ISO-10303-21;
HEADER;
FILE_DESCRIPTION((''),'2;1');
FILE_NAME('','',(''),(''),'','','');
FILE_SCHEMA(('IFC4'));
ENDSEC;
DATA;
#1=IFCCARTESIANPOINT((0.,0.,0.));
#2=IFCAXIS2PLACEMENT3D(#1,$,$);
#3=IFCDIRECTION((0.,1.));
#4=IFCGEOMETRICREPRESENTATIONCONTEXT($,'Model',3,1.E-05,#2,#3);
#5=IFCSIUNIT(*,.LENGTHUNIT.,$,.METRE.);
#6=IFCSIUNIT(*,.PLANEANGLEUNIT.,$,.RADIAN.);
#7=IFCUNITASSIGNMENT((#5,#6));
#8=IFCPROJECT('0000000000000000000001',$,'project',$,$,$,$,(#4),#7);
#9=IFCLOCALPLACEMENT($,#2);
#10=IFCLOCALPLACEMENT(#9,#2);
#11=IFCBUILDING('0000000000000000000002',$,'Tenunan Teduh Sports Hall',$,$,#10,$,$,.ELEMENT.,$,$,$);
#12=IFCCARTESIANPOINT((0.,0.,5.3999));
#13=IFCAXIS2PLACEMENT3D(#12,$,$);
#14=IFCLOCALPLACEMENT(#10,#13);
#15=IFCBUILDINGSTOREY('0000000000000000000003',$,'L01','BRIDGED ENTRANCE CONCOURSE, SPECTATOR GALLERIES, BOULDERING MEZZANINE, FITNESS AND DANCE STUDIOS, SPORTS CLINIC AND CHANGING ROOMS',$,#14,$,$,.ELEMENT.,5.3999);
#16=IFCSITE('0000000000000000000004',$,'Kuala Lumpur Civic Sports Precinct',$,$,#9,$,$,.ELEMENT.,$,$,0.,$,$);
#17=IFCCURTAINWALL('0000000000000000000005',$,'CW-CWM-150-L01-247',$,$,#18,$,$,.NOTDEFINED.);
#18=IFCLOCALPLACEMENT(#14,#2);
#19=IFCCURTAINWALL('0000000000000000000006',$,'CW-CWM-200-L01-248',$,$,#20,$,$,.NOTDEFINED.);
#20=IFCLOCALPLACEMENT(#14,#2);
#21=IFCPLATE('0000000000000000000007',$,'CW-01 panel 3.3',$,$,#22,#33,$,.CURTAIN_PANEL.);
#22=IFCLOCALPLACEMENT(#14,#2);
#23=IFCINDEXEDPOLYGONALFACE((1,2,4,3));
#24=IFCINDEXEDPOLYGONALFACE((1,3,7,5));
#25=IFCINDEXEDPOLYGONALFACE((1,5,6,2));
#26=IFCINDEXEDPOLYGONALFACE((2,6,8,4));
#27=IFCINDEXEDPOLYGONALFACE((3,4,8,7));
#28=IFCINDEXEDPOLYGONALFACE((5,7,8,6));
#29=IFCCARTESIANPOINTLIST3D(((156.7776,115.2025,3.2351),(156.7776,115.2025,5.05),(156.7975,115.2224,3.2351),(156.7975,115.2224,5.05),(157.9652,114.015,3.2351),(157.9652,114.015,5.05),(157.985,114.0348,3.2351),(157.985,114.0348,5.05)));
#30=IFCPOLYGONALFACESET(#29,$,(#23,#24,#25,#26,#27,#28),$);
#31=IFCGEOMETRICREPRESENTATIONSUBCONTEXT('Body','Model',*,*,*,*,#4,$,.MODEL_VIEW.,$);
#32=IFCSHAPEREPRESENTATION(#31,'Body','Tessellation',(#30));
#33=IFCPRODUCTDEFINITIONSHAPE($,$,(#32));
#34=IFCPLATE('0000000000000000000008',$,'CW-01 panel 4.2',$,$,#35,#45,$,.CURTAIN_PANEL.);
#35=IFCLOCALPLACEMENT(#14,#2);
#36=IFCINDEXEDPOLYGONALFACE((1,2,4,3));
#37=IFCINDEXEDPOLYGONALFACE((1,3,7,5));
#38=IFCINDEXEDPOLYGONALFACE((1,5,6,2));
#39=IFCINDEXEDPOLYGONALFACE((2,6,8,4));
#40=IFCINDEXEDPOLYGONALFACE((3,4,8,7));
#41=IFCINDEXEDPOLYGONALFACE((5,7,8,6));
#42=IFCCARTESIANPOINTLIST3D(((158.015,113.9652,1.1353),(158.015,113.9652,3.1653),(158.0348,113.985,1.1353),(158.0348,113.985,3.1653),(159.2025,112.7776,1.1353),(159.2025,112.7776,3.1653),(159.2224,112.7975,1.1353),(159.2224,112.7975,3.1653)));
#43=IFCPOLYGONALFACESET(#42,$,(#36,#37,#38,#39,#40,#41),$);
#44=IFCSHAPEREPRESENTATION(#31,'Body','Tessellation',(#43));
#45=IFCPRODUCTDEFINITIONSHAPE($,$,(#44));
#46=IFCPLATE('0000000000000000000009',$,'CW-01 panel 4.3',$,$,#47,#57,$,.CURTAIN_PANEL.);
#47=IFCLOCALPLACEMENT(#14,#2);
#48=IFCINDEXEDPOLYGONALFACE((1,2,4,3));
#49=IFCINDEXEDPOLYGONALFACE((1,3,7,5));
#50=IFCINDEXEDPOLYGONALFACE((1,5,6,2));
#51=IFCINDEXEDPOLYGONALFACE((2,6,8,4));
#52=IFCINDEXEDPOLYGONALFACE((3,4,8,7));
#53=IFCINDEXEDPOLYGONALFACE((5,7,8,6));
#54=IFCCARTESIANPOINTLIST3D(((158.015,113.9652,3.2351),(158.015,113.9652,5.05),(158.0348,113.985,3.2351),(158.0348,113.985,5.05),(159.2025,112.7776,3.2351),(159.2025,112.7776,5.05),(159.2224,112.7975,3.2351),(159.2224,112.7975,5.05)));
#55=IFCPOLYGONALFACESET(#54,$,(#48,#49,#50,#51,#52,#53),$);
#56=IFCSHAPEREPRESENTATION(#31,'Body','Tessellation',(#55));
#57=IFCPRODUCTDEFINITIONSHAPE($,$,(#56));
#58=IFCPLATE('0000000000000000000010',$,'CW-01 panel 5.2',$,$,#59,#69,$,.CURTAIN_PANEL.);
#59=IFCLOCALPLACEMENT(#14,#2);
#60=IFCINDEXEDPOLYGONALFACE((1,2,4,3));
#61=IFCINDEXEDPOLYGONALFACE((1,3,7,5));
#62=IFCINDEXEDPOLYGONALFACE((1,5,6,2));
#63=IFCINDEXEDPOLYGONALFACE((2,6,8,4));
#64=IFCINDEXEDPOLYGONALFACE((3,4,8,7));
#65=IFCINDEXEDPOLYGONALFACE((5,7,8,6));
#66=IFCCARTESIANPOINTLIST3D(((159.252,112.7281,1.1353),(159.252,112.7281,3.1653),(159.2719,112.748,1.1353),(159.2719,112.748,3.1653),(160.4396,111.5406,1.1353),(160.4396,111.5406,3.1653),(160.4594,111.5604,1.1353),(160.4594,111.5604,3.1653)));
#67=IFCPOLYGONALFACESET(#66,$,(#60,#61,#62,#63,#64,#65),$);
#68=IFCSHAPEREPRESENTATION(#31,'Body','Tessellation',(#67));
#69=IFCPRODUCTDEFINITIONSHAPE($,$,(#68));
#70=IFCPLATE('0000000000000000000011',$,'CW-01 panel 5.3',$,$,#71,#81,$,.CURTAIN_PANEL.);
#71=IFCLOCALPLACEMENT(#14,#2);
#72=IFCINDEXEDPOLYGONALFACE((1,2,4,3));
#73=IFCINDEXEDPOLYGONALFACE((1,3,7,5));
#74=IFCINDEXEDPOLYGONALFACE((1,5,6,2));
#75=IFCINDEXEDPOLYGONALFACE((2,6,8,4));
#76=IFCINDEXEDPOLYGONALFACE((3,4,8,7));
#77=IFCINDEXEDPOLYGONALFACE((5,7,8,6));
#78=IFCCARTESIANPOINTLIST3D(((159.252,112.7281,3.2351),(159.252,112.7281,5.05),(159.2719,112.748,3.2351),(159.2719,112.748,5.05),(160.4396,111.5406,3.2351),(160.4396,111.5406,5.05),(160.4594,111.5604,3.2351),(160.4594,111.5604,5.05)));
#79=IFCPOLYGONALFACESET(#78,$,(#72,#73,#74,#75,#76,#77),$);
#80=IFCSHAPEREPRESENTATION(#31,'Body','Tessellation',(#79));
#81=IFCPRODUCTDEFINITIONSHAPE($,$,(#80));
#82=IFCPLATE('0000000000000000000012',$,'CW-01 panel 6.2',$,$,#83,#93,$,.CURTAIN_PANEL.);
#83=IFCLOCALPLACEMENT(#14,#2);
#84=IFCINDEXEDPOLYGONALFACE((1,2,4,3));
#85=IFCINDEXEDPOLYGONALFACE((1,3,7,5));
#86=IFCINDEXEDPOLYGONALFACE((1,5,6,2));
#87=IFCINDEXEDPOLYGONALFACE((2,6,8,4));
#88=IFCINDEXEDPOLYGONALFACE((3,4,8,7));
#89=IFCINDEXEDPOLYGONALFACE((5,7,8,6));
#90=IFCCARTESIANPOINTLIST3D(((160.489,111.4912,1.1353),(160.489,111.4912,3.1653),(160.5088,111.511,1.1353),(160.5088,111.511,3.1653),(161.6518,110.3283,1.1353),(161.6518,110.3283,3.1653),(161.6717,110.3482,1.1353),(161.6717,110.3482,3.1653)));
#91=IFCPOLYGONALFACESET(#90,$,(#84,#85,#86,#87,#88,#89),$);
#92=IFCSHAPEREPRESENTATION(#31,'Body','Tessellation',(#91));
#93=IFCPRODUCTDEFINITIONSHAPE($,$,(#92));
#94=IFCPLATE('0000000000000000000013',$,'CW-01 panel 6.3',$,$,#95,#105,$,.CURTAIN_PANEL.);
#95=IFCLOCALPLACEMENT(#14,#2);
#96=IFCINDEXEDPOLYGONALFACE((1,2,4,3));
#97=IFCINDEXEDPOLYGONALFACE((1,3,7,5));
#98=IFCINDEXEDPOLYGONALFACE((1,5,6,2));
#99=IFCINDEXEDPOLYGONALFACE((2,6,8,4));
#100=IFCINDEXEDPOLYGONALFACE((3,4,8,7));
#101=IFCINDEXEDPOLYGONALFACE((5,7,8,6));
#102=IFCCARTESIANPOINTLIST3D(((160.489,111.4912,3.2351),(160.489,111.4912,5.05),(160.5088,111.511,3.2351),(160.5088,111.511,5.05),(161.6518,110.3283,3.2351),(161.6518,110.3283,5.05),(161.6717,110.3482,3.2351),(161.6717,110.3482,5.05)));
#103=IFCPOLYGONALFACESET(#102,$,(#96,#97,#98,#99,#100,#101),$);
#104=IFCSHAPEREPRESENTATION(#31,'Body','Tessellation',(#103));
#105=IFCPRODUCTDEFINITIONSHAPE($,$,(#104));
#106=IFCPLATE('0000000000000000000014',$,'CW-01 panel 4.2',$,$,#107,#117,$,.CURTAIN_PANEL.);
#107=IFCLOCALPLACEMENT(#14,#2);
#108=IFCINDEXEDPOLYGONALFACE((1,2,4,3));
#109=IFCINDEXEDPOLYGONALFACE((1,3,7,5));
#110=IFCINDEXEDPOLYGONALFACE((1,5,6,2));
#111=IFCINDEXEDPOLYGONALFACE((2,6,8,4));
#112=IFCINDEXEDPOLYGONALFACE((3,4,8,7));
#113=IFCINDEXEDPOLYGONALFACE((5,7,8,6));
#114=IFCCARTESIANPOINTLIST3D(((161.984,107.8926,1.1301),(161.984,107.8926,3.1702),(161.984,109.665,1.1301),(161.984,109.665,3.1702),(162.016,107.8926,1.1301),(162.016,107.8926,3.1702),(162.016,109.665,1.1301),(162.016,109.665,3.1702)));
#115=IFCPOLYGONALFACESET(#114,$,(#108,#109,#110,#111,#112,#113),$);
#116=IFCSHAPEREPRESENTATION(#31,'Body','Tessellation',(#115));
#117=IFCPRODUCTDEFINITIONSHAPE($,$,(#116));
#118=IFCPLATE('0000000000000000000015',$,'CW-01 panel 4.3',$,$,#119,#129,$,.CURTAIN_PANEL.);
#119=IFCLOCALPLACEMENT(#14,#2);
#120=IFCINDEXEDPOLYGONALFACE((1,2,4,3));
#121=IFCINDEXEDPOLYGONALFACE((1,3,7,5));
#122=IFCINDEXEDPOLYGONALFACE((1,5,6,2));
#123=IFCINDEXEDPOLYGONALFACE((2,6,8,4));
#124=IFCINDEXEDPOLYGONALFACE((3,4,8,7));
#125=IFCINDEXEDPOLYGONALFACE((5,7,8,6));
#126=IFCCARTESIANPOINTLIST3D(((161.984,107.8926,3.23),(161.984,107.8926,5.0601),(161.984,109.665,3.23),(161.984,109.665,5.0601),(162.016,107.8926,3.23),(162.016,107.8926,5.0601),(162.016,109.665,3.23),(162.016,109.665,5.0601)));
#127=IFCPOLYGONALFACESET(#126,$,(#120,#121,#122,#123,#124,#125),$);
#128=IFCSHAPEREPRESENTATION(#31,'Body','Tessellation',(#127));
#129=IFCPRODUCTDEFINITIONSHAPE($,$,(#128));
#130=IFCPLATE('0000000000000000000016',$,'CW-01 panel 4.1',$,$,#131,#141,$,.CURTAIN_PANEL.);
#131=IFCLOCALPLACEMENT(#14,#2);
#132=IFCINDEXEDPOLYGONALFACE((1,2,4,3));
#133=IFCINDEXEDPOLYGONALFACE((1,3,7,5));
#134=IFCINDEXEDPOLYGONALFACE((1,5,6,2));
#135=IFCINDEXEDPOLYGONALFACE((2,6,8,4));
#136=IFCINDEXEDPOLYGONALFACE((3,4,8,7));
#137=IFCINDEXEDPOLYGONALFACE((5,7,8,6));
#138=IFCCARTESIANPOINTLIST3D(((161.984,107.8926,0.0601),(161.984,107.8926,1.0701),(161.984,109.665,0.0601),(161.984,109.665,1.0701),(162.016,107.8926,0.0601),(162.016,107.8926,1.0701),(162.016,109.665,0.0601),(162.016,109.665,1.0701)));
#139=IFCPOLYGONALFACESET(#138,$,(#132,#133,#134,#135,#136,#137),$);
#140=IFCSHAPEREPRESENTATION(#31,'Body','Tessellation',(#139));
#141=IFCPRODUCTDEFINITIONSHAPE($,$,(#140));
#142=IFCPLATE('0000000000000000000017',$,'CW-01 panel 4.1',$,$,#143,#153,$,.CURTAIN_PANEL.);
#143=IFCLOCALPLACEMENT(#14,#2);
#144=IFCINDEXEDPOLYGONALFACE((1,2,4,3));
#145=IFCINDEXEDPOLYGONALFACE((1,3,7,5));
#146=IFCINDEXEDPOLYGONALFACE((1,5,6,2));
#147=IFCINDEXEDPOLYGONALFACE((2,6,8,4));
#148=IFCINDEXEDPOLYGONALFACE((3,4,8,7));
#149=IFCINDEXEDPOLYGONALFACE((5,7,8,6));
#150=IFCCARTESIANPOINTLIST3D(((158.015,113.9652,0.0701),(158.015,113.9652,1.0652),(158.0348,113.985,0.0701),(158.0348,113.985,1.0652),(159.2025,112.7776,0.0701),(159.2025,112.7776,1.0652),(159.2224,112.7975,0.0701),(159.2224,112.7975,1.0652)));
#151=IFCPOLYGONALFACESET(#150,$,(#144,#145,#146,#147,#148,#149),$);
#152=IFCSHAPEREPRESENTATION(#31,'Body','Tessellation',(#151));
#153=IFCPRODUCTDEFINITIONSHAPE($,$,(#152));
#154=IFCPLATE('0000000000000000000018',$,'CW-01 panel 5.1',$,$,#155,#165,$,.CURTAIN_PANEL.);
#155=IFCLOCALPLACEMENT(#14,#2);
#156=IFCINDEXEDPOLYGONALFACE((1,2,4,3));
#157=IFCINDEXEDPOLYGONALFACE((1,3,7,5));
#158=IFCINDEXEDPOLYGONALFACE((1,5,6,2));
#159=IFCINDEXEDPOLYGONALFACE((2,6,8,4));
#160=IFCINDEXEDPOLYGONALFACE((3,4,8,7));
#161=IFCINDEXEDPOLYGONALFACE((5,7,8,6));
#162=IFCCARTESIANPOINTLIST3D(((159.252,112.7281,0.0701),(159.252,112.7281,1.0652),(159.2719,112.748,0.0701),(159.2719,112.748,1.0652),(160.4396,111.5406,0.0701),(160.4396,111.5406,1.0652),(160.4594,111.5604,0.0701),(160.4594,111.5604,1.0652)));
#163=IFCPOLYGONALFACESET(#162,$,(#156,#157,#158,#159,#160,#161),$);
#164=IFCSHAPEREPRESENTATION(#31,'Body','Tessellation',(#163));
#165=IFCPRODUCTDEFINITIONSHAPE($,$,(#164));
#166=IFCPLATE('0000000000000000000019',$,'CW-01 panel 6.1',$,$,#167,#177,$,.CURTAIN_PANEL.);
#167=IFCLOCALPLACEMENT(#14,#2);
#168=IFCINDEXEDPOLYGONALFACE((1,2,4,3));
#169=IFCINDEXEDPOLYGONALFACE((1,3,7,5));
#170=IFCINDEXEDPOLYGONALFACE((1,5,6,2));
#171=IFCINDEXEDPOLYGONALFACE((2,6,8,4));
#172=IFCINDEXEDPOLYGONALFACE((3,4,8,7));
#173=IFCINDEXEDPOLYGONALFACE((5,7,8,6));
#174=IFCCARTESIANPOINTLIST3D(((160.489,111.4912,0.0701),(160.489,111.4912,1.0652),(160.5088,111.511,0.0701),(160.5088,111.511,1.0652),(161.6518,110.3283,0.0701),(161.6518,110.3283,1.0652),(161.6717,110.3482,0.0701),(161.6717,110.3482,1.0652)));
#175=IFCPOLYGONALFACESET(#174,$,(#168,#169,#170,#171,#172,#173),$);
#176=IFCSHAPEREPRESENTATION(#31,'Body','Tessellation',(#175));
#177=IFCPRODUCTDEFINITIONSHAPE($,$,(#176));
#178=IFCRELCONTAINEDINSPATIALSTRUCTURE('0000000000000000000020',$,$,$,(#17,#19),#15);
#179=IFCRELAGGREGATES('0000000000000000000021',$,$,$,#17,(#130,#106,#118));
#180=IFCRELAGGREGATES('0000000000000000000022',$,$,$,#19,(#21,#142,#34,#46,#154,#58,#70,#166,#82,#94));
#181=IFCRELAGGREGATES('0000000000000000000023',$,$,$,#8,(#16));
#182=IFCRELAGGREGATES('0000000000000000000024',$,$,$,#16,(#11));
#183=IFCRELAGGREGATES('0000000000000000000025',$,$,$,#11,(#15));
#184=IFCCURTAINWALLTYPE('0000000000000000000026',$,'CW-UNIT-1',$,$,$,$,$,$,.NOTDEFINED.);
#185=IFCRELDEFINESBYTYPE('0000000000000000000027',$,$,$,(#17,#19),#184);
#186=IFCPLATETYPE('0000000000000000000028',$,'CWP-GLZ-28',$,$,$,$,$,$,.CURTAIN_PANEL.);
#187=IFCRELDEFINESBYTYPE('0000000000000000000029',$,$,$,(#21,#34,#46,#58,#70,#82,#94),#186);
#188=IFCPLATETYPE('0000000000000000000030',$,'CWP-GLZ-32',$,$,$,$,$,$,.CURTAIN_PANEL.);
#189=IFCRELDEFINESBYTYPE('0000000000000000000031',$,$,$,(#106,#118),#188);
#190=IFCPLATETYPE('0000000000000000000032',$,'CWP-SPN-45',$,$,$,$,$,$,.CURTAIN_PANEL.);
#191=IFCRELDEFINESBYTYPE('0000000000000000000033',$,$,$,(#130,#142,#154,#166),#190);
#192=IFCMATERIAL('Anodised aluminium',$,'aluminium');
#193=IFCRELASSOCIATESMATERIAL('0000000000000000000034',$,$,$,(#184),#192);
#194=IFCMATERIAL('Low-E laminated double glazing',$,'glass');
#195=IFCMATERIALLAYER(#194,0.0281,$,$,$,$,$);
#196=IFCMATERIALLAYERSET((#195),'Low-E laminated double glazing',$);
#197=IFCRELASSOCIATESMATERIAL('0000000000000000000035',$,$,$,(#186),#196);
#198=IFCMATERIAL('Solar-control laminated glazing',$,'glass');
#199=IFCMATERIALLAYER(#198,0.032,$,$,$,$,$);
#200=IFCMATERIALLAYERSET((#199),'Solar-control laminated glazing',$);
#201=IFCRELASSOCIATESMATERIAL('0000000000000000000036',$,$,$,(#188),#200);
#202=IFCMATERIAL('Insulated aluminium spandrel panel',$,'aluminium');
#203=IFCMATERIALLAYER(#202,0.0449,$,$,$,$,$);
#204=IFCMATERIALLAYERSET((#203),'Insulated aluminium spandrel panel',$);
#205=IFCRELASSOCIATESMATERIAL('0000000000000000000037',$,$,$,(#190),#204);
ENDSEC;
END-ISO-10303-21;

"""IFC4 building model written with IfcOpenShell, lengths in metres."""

from ifc_helpers import new_model, si_unit, direction, frame, origin, origin_2d, place, context, subcontext, project, spatial, rectangle, extrude, material, layer, layer_set, type_object, element, aggregate, save


model = new_model("IFC4")

# Units and contexts
model_context = context("Model", 3, precision=1e-05, world=origin(), true_north=direction((0.0, 1.0)))
body_context = subcontext(model_context, "Body", "Model", "MODEL_VIEW")
ifc_project = project(units=[si_unit("LENGTHUNIT", "METRE"), si_unit("PLANEANGLEUNIT", "RADIAN")], contexts=[model_context])

# Site, building, storey
site_placement = place(None, origin())
site = spatial("IfcSite", under=ifc_project, at=site_placement, Name="Kuala Lumpur Civic Sports Precinct", CompositionType="ELEMENT", RefElevation=0.0)
building_placement = place(site_placement, origin())
building = spatial("IfcBuilding", under=site, at=building_placement, Name="Tenunan Teduh Sports Hall", CompositionType="ELEMENT")
storey_placement = place(building_placement, frame((0.0, 0.0, 5.3999)))
storey = spatial("IfcBuildingStorey", under=building, at=storey_placement, Name="L01", Description="BRIDGED ENTRANCE CONCOURSE, SPECTATOR GALLERIES, BOULDERING MEZZANINE, FITNESS AND DANCE STUDIOS, SPORTS CLINIC AND CHANGING ROOMS", CompositionType="ELEMENT", Elevation=5.3999)

# Curtain wall
ifc_material_1 = material(Name="Anodised aluminium", Category="aluminium")
curtain_wall_type = type_object("IfcCurtainWallType", Name="CW-UNIT-1", PredefinedType="NOTDEFINED", material=ifc_material_1)
curtain_wall_1_placement = place(storey_placement, origin())
curtain_wall_1 = element("IfcCurtainWall", 1, at=curtain_wall_1_placement, inside=storey, type_object=curtain_wall_type, Name="CW-CWM-150-L01-247", PredefinedType="NOTDEFINED")

# Curtain wall
curtain_wall_2_placement = place(storey_placement, origin())
curtain_wall_2 = element("IfcCurtainWall", 2, at=curtain_wall_2_placement, inside=storey, type_object=curtain_wall_type, Name="CW-CWM-200-L01-248", PredefinedType="NOTDEFINED")

# Plates
ifc_material_2 = material(Name="Low-E laminated double glazing", Category="glass")
ifc_layer_1 = layer(ifc_material_2, 0.0281)
ifc_layer_set_1 = layer_set([ifc_layer_1], Name="Low-E laminated double glazing")
plate_type_1 = type_object("IfcPlateType", Name="CWP-GLZ-28", PredefinedType="CURTAIN_PANEL", material=ifc_layer_set_1)
plate_1_placement = place(storey_placement, frame((157.3813, 114.6187, 3.2351), z_axis=(0.0, 0.0, 1.0), x_axis=(0.707107, -0.707107, 0.0)))
plate_1 = element("IfcPlate", 3, at=plate_1_placement, type_object=plate_type_1, Name="CW-01 panel 3.3", PredefinedType="CURTAIN_PANEL", context=body_context, shape_type="SweptSolid", body=[
    extrude(rectangle(XDim=1.6794, YDim=0.0281, at=origin_2d()), origin(), (0.0, 0.0, 1.0), 1.8149),
])
plate_2_placement = place(storey_placement, frame((158.6187, 113.3813, 1.1353), z_axis=(0.0, 0.0, 1.0), x_axis=(0.707107, -0.707107, 0.0)))
plate_2 = element("IfcPlate", 4, at=plate_2_placement, type_object=plate_type_1, Name="CW-01 panel 4.2", PredefinedType="CURTAIN_PANEL", context=body_context, shape_type="SweptSolid", body=[
    extrude(rectangle(XDim=1.6794, YDim=0.0281, at=origin_2d()), origin(), (0.0, 0.0, 1.0), 2.03),
])
plate_3_placement = place(storey_placement, frame((158.6187, 113.3813, 3.2351), z_axis=(0.0, 0.0, 1.0), x_axis=(0.707107, -0.707107, 0.0)))
plate_3 = element("IfcPlate", 5, at=plate_3_placement, type_object=plate_type_1, Name="CW-01 panel 4.3", PredefinedType="CURTAIN_PANEL", context=body_context, shape_type="SweptSolid", body=[
    extrude(rectangle(XDim=1.6794, YDim=0.0281, at=origin_2d()), origin(), (0.0, 0.0, 1.0), 1.8149),
])
plate_4_placement = place(storey_placement, frame((159.8557, 112.1443, 1.1353), z_axis=(0.0, 0.0, 1.0), x_axis=(0.707107, -0.707107, 0.0)))
plate_4 = element("IfcPlate", 6, at=plate_4_placement, type_object=plate_type_1, Name="CW-01 panel 5.2", PredefinedType="CURTAIN_PANEL", context=body_context, shape_type="SweptSolid", body=[
    extrude(rectangle(XDim=1.6794, YDim=0.0281, at=origin_2d()), origin(), (0.0, 0.0, 1.0), 2.03),
])
plate_5_placement = place(storey_placement, frame((159.8557, 112.1443, 3.2351), z_axis=(0.0, 0.0, 1.0), x_axis=(0.707107, -0.707107, 0.0)))
plate_5 = element("IfcPlate", 7, at=plate_5_placement, type_object=plate_type_1, Name="CW-01 panel 5.3", PredefinedType="CURTAIN_PANEL", context=body_context, shape_type="SweptSolid", body=[
    extrude(rectangle(XDim=1.6794, YDim=0.0281, at=origin_2d()), origin(), (0.0, 0.0, 1.0), 1.8149),
])
plate_6_placement = place(storey_placement, frame((161.0803, 110.9197, 1.1353), z_axis=(0.0, 0.0, 1.0), x_axis=(0.707107, -0.707107, 0.0)))
plate_6 = element("IfcPlate", 8, at=plate_6_placement, type_object=plate_type_1, Name="CW-01 panel 6.2", PredefinedType="CURTAIN_PANEL", context=body_context, shape_type="SweptSolid", body=[
    extrude(rectangle(XDim=1.6445, YDim=0.0281, at=origin_2d()), origin(), (0.0, 0.0, 1.0), 2.03),
])
plate_7_placement = place(storey_placement, frame((161.0803, 110.9197, 3.2351), z_axis=(0.0, 0.0, 1.0), x_axis=(0.707107, -0.707107, 0.0)))
plate_7 = element("IfcPlate", 9, at=plate_7_placement, type_object=plate_type_1, Name="CW-01 panel 6.3", PredefinedType="CURTAIN_PANEL", context=body_context, shape_type="SweptSolid", body=[
    extrude(rectangle(XDim=1.6445, YDim=0.0281, at=origin_2d()), origin(), (0.0, 0.0, 1.0), 1.8149),
])
ifc_material_3 = material(Name="Solar-control laminated glazing", Category="glass")
ifc_layer_2 = layer(ifc_material_3, 0.032)
ifc_layer_set_2 = layer_set([ifc_layer_2], Name="Solar-control laminated glazing")
plate_type_2 = type_object("IfcPlateType", Name="CWP-GLZ-32", PredefinedType="CURTAIN_PANEL", material=ifc_layer_set_2)
plate_8_placement = place(storey_placement, frame((162.0, 108.7788, 1.1301), z_axis=(0.0, 0.0, 1.0), x_axis=(0.0, 1.0, 0.0)))
plate_8 = element("IfcPlate", 10, at=plate_8_placement, type_object=plate_type_2, Name="CW-01 panel 4.2", PredefinedType="CURTAIN_PANEL", context=body_context, shape_type="SweptSolid", body=[
    extrude(rectangle(XDim=1.7725, YDim=0.032, at=origin_2d()), origin(), (0.0, 0.0, 1.0), 2.04),
])
plate_9_placement = place(storey_placement, frame((162.0, 108.7788, 3.23), z_axis=(0.0, 0.0, 1.0), x_axis=(0.0, 1.0, 0.0)))
plate_9 = element("IfcPlate", 11, at=plate_9_placement, type_object=plate_type_2, Name="CW-01 panel 4.3", PredefinedType="CURTAIN_PANEL", context=body_context, shape_type="SweptSolid", body=[
    extrude(rectangle(XDim=1.7725, YDim=0.032, at=origin_2d()), origin(), (0.0, 0.0, 1.0), 1.8301),
])
ifc_material_4 = material(Name="Insulated aluminium spandrel panel", Category="aluminium")
ifc_layer_3 = layer(ifc_material_4, 0.0449)
ifc_layer_set_3 = layer_set([ifc_layer_3], Name="Insulated aluminium spandrel panel")
plate_type_3 = type_object("IfcPlateType", Name="CWP-SPN-45", PredefinedType="CURTAIN_PANEL", material=ifc_layer_set_3)
plate_10_placement = place(storey_placement, frame((162.0, 108.7788, 0.0601), z_axis=(0.0, 0.0, 1.0), x_axis=(0.0, 1.0, 0.0)))
plate_10 = element("IfcPlate", 12, at=plate_10_placement, type_object=plate_type_3, Name="CW-01 panel 4.1", PredefinedType="CURTAIN_PANEL", context=body_context, shape_type="SweptSolid", body=[
    extrude(rectangle(XDim=1.7725, YDim=0.032, at=origin_2d()), origin(), (0.0, 0.0, 1.0), 1.01),
])
aggregate(curtain_wall_1, [plate_10, plate_8, plate_9])
plate_11_placement = place(storey_placement, frame((158.6187, 113.3813, 0.0701), z_axis=(0.0, 0.0, 1.0), x_axis=(0.707107, -0.707107, 0.0)))
plate_11 = element("IfcPlate", 13, at=plate_11_placement, type_object=plate_type_3, Name="CW-01 panel 4.1", PredefinedType="CURTAIN_PANEL", context=body_context, shape_type="SweptSolid", body=[
    extrude(rectangle(XDim=1.6794, YDim=0.0281, at=origin_2d()), origin(), (0.0, 0.0, 1.0), 0.9951),
])
plate_12_placement = place(storey_placement, frame((159.8557, 112.1443, 0.0701), z_axis=(0.0, 0.0, 1.0), x_axis=(0.707107, -0.707107, 0.0)))
plate_12 = element("IfcPlate", 14, at=plate_12_placement, type_object=plate_type_3, Name="CW-01 panel 5.1", PredefinedType="CURTAIN_PANEL", context=body_context, shape_type="SweptSolid", body=[
    extrude(rectangle(XDim=1.6794, YDim=0.0281, at=origin_2d()), origin(), (0.0, 0.0, 1.0), 0.9951),
])
plate_13_placement = place(storey_placement, frame((161.0803, 110.9197, 0.0701), z_axis=(0.0, 0.0, 1.0), x_axis=(0.707107, -0.707107, 0.0)))
plate_13 = element("IfcPlate", 15, at=plate_13_placement, type_object=plate_type_3, Name="CW-01 panel 6.1", PredefinedType="CURTAIN_PANEL", context=body_context, shape_type="SweptSolid", body=[
    extrude(rectangle(XDim=1.6445, YDim=0.0281, at=origin_2d()), origin(), (0.0, 0.0, 1.0), 0.9951),
])
aggregate(curtain_wall_2, [plate_1, plate_11, plate_2, plate_3, plate_12, plate_4, plate_5, plate_13, plate_6, plate_7])

save(model, "model.ifc")
